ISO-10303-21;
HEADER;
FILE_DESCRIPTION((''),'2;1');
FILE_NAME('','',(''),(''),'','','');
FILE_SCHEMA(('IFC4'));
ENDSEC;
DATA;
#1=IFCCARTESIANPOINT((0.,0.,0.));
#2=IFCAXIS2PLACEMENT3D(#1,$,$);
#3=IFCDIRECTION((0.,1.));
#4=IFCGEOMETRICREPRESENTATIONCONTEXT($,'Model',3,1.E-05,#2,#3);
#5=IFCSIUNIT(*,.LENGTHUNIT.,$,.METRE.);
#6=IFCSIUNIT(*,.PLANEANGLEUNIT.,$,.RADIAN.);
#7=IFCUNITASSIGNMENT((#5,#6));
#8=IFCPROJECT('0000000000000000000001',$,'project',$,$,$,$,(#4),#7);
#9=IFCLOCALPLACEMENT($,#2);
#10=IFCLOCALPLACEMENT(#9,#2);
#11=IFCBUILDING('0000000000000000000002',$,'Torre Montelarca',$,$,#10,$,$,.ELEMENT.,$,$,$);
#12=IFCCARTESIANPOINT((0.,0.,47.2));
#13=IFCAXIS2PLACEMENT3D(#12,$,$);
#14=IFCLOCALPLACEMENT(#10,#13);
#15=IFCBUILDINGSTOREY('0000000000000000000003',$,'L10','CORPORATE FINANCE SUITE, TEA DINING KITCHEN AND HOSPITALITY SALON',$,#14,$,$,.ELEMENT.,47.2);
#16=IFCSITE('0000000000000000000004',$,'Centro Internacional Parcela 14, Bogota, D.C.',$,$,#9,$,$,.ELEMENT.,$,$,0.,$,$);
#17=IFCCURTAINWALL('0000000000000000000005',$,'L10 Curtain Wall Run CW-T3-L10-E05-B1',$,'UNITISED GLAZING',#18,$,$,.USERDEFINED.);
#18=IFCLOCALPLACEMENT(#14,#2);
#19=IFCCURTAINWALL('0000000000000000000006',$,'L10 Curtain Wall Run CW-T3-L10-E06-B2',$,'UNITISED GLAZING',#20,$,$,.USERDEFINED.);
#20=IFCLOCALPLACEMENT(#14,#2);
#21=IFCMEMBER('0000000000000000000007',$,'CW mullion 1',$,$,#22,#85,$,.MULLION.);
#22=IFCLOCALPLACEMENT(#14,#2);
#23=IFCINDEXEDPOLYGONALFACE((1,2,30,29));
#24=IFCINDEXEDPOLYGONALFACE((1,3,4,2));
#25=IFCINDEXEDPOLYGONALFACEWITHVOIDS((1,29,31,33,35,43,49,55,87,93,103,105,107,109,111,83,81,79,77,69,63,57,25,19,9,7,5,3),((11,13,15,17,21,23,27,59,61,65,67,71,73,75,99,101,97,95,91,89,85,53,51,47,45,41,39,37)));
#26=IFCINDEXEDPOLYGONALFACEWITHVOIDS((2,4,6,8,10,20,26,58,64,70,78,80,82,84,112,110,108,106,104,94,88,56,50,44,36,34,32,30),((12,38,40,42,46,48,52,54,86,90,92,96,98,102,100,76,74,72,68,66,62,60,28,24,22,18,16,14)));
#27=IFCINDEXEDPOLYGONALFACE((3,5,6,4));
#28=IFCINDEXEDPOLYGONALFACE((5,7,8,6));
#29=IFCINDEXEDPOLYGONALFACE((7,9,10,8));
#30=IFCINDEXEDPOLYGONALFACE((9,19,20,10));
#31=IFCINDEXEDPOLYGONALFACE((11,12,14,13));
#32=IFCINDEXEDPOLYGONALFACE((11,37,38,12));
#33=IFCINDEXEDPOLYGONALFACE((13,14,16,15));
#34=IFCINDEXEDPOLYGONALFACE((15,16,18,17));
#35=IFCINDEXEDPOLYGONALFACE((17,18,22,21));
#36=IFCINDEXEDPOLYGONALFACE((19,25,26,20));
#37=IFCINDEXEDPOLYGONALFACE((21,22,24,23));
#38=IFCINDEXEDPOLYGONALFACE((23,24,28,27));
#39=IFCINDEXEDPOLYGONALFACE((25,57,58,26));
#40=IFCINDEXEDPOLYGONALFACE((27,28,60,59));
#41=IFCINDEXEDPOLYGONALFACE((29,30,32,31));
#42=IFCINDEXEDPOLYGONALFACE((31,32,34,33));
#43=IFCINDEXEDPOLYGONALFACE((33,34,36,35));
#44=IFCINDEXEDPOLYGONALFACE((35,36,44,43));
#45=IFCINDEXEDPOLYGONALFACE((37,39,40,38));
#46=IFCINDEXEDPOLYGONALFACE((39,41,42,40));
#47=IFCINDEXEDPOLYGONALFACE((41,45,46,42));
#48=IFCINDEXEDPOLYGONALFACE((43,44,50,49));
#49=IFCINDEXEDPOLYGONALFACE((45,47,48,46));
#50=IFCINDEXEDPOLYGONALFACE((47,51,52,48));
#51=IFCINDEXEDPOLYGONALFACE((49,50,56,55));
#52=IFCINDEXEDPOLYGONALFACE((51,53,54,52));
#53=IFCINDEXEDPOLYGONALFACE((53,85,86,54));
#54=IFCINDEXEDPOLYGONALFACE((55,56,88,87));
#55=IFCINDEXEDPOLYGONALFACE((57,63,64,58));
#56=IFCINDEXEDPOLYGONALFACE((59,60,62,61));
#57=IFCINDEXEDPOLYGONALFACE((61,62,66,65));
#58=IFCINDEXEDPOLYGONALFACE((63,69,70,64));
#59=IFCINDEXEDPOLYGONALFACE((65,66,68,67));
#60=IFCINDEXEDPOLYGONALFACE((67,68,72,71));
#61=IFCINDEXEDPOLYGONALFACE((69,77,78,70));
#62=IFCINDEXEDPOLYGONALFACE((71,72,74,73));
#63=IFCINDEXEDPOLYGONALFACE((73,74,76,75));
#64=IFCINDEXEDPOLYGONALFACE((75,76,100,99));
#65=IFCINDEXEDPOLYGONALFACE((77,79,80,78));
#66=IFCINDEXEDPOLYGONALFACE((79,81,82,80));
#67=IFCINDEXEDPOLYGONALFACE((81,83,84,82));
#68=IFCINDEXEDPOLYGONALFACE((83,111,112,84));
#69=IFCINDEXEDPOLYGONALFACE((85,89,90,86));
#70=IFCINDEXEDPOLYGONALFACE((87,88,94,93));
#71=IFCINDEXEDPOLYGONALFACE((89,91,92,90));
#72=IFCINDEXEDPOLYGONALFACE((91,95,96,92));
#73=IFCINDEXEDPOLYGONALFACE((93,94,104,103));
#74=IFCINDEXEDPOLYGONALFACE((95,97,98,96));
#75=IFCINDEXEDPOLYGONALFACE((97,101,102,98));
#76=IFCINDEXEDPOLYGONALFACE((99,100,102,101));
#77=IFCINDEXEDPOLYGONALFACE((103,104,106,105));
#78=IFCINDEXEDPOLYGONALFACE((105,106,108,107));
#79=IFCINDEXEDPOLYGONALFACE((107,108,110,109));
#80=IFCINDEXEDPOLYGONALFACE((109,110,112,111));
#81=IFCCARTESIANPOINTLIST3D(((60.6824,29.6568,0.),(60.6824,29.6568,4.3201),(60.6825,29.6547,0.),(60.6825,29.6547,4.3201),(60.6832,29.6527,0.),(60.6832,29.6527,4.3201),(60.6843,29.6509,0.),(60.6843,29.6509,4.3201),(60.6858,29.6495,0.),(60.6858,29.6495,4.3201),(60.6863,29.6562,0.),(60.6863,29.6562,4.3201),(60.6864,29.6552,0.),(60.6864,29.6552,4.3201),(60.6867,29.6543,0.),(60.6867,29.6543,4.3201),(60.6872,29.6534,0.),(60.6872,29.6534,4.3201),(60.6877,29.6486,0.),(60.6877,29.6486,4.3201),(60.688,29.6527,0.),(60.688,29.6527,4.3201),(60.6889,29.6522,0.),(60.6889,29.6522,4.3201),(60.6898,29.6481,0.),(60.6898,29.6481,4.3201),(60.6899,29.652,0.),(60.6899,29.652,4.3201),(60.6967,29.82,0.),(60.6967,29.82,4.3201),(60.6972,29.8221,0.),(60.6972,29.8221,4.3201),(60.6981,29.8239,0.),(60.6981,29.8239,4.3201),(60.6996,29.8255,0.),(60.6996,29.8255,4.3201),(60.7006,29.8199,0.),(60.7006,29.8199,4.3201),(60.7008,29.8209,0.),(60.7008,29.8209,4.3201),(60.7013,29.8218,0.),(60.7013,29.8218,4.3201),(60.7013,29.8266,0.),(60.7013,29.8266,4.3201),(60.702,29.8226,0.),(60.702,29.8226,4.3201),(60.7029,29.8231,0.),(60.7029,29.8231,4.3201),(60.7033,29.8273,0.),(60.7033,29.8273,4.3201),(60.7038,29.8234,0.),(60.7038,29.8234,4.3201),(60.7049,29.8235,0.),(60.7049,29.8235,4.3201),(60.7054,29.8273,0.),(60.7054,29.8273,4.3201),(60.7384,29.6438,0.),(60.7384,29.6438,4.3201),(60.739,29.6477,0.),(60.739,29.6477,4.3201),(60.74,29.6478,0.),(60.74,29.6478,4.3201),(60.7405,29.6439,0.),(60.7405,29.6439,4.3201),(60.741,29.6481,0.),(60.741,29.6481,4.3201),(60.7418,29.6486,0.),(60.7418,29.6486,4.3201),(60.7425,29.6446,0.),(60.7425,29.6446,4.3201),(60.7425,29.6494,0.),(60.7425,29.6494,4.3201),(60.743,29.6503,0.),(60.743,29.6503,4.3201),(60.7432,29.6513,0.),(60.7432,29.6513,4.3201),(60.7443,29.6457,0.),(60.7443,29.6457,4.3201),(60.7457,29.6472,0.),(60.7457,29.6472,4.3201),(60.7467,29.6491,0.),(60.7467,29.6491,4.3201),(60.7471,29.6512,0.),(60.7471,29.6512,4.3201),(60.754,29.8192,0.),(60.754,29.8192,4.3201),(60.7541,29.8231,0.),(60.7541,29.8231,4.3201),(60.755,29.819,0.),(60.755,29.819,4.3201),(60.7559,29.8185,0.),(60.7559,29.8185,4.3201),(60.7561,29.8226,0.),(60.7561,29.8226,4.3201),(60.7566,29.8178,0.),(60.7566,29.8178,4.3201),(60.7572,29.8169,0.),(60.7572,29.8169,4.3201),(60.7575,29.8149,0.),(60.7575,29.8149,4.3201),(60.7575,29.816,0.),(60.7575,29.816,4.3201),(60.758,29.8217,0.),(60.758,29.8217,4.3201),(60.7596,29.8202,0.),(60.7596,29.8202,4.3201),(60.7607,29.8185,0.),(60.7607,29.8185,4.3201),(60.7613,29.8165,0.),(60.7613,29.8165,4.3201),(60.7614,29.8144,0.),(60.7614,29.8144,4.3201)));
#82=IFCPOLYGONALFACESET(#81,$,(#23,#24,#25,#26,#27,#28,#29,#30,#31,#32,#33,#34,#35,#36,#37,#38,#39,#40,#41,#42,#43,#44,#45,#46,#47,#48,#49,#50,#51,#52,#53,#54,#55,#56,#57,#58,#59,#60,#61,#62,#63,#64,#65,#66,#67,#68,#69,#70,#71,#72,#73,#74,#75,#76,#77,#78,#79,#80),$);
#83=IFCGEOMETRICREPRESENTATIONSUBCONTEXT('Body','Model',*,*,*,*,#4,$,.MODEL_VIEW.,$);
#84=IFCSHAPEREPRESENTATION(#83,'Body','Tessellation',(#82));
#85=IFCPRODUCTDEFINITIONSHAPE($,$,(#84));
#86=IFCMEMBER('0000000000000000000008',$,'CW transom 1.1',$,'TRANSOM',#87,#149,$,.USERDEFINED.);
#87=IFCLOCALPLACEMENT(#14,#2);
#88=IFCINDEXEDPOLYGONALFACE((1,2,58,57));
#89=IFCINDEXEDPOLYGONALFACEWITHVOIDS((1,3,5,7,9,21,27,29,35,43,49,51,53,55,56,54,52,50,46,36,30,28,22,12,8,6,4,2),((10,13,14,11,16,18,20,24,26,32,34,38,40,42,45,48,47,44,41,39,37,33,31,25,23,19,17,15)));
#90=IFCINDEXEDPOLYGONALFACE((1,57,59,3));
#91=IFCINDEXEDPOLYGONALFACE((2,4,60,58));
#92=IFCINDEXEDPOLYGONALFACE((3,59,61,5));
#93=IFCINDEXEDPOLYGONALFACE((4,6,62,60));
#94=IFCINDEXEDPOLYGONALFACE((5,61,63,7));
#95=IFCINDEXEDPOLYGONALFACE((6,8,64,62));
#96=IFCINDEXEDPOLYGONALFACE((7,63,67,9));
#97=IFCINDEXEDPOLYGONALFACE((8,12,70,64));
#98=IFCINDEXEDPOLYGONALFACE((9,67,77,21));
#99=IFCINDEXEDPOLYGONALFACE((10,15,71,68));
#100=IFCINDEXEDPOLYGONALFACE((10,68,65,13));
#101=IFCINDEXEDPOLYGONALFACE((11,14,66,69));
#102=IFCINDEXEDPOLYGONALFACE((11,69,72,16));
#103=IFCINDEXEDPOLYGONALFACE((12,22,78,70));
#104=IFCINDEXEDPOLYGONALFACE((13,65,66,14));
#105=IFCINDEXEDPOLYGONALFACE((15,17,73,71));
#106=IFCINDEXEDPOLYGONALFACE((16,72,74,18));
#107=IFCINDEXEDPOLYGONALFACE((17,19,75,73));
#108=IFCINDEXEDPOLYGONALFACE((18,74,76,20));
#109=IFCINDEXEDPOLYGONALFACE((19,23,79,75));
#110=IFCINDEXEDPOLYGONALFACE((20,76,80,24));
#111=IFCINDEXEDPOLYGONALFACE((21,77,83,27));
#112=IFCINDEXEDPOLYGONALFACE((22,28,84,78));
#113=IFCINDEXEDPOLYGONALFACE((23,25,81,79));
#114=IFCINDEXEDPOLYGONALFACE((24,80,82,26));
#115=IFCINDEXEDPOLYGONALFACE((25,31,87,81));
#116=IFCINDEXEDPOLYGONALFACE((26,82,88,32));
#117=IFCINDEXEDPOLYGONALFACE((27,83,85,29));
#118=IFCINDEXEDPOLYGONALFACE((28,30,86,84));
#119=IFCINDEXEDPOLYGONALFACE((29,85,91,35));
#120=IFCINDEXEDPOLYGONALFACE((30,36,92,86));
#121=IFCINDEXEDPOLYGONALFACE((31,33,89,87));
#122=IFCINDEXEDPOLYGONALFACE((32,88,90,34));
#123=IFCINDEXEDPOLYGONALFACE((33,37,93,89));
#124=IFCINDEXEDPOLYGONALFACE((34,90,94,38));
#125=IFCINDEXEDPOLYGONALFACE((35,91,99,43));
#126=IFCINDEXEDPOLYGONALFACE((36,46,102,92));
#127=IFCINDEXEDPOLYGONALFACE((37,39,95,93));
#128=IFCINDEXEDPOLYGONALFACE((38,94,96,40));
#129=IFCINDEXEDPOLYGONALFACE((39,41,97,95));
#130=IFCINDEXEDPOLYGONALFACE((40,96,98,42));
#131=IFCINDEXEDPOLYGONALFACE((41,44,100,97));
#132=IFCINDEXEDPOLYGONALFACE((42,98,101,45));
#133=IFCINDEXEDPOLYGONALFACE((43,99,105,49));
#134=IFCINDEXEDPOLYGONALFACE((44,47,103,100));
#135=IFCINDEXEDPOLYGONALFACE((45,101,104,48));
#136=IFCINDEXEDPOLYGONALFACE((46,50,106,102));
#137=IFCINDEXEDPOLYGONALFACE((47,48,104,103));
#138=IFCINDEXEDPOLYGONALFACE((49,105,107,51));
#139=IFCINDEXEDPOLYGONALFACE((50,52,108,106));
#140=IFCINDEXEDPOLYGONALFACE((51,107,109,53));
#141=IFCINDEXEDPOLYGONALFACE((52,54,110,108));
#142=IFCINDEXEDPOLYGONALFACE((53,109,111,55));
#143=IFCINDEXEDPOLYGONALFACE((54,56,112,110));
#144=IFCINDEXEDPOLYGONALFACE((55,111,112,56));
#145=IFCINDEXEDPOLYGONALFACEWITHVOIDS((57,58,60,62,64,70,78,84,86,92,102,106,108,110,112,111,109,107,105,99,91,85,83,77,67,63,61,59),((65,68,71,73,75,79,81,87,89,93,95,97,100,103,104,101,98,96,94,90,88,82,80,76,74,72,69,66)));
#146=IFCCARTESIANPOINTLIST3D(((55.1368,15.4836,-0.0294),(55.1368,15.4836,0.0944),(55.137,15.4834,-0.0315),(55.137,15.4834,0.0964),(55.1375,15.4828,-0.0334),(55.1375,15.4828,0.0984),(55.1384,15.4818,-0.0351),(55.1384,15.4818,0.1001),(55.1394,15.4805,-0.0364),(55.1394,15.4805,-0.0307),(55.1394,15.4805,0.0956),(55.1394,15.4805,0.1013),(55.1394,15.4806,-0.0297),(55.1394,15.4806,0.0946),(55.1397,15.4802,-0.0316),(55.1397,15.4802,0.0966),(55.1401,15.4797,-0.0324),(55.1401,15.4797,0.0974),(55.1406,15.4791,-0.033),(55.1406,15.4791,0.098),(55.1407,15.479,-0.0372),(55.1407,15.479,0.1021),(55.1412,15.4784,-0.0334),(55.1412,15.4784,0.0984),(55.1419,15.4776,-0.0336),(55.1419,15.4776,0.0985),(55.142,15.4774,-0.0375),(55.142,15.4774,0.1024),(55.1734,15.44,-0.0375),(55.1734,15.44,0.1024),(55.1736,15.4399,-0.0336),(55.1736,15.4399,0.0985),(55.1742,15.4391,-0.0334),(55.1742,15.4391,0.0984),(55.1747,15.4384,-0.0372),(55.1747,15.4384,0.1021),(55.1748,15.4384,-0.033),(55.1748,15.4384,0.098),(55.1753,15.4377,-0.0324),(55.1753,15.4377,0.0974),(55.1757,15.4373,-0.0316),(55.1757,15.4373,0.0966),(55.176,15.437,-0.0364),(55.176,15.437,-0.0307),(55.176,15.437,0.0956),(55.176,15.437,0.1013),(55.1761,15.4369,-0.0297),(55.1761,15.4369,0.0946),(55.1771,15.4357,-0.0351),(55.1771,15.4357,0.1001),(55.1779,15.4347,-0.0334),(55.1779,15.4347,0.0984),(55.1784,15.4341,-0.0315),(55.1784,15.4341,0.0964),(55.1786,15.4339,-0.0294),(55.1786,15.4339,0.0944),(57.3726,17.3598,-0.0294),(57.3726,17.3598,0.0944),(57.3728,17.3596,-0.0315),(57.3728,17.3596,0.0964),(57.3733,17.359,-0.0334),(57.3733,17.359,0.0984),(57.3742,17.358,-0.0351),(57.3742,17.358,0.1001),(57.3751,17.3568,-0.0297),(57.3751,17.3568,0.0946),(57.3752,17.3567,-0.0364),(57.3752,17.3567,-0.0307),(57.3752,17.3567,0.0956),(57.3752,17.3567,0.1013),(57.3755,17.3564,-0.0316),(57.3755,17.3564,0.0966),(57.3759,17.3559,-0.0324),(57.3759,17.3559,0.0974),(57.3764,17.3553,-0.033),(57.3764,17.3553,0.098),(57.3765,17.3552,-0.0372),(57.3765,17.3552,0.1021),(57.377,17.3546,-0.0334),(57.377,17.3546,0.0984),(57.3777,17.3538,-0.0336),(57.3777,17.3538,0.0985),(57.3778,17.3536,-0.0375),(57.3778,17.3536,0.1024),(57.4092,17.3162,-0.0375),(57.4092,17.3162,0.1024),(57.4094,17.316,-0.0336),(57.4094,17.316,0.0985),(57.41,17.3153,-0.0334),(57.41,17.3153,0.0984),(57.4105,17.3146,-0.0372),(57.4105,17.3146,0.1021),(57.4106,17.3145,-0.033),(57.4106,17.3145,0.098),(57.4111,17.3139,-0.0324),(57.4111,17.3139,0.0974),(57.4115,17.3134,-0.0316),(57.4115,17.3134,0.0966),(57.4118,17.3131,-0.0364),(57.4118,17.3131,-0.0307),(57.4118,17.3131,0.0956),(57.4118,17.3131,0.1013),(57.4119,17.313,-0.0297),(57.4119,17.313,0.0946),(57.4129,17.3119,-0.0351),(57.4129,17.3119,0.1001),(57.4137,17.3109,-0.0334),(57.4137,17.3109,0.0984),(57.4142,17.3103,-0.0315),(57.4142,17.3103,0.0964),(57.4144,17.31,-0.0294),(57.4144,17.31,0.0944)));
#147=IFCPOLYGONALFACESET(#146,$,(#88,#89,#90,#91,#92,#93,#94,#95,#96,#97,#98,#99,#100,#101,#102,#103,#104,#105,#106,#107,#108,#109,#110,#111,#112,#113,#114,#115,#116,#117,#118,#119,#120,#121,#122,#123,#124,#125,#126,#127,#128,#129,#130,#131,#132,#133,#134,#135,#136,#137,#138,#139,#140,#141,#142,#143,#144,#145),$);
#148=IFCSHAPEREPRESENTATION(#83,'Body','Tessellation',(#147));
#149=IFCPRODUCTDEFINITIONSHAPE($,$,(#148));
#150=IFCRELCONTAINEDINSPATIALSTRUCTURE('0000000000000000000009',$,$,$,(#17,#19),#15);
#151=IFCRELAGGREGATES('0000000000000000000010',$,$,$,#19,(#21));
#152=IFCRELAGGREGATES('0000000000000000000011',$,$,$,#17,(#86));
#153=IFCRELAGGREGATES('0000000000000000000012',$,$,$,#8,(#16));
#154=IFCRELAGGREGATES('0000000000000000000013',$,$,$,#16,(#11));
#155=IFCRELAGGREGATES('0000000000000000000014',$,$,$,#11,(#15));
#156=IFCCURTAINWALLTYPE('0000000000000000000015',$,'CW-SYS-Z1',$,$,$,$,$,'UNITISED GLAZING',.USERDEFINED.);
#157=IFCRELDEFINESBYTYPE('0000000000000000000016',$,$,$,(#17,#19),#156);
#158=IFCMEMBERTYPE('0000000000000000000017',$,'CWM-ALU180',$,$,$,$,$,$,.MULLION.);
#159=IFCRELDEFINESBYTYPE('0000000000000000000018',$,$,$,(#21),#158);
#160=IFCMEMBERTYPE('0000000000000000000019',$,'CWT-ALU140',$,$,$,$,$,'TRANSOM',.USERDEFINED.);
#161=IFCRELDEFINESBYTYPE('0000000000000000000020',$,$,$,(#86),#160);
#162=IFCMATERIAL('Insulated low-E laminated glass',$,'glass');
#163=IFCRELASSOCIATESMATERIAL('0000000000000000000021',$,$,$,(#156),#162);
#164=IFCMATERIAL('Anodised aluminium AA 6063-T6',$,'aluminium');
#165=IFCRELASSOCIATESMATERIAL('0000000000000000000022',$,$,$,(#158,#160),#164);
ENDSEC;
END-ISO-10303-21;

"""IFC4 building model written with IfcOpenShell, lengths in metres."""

from ifc_helpers import new_model, si_unit, direction, frame, origin, origin_2d, place, context, subcontext, project, spatial, hollow_rectangle, extrude, source, transform, mapped, material, material_profile, profile_set, type_object, element, aggregate, save


model = new_model("IFC4")

# Units and contexts
model_context = context("Model", 3, precision=1e-05, world=origin(), true_north=direction((0.0, 1.0)))
body_context = subcontext(model_context, "Body", "Model", "MODEL_VIEW")
ifc_project = project(units=[si_unit("LENGTHUNIT", "METRE"), si_unit("PLANEANGLEUNIT", "RADIAN")], contexts=[model_context])

# Site, building, storey
site_placement = place(None, origin())
site = spatial("IfcSite", under=ifc_project, at=site_placement, Name="Centro Internacional Parcela 14, Bogota, D.C.", CompositionType="ELEMENT", RefElevation=0.0)
building_placement = place(site_placement, origin())
building = spatial("IfcBuilding", under=site, at=building_placement, Name="Torre Montelarca", CompositionType="ELEMENT")
storey_placement = place(building_placement, frame((0.0, 0.0, 47.2)))
storey = spatial("IfcBuildingStorey", under=building, at=storey_placement, Name="L10", Description="CORPORATE FINANCE SUITE, TEA DINING KITCHEN AND HOSPITALITY SALON", CompositionType="ELEMENT", Elevation=47.2)

# Curtain wall
ifc_material_1 = material(Name="Insulated low-E laminated glass", Category="glass")
curtain_wall_type = type_object("IfcCurtainWallType", Name="CW-SYS-Z1", ElementType="UNITISED GLAZING", PredefinedType="USERDEFINED", material=ifc_material_1)
ifc_material_2 = material(Name="Anodised aluminium AA 6063-T6", Category="aluminium")
ifc_material_profile_1 = material_profile(ifc_material_2, hollow_rectangle(XDim=0.0649, YDim=0.1799, WallThickness=0.0039, InnerFilletRadius=0.0039, OuterFilletRadius=0.0081, at=origin_2d()), Name="ALU65X180X4", Category="aluminium")
ifc_profile_set_1 = profile_set([ifc_material_profile_1], Name="Anodised aluminium AA 6063-T6")
member_type_1 = type_object("IfcMemberType", Name="CWM-ALU180", PredefinedType="MULLION", material=ifc_profile_set_1)
shared_shape_1 = source(origin(), body_context, "Body", "SweptSolid", [
    extrude(hollow_rectangle(XDim=0.0649, YDim=0.1799, WallThickness=0.0039, InnerFilletRadius=0.0039, OuterFilletRadius=0.0081, at=origin_2d()), origin(), (0.0, 0.0, 1.0), 4.3201),
])
curtain_wall_1_placement = place(storey_placement, origin())
curtain_wall_1 = element("IfcCurtainWall", 1, at=curtain_wall_1_placement, inside=storey, type_object=curtain_wall_type, Name="L10 Curtain Wall Run CW-T3-L10-E05-B1", ObjectType="UNITISED GLAZING", PredefinedType="USERDEFINED")

# Curtain wall, member
curtain_wall_2_placement = place(storey_placement, origin())
curtain_wall_2 = element("IfcCurtainWall", 2, at=curtain_wall_2_placement, inside=storey, type_object=curtain_wall_type, Name="L10 Curtain Wall Run CW-T3-L10-E06-B2", ObjectType="UNITISED GLAZING", PredefinedType="USERDEFINED")
member_1_placement = place(storey_placement, frame((60.7219, 29.7356, 0.0), z_axis=(0.0, 0.0, 1.0), x_axis=(-0.996194, 0.087166, 0.0)))
member_1 = element("IfcMember", 3, at=member_1_placement, type_object=member_type_1, Name="CW mullion 1", PredefinedType="MULLION", context=body_context, shape_type="MappedRepresentation", body=[
    mapped(shared_shape_1, transform((0.0, 0.0, 0.0), scale=1.0)),
])
aggregate(curtain_wall_2, [member_1])

# Member
ifc_material_profile_2 = material_profile(ifc_material_2, hollow_rectangle(XDim=0.0649, YDim=0.1399, WallThickness=0.0039, InnerFilletRadius=0.0039, OuterFilletRadius=0.0081, at=origin_2d()), Name="ALU65X140X4", Category="aluminium")
ifc_profile_set_2 = profile_set([ifc_material_profile_2], Name="Anodised aluminium AA 6063-T6")
member_type_2 = type_object("IfcMemberType", Name="CWT-ALU140", ElementType="TRANSOM", PredefinedType="USERDEFINED", material=ifc_profile_set_2)
shared_shape_2 = source(origin(), body_context, "Body", "SweptSolid", [
    extrude(hollow_rectangle(XDim=0.0649, YDim=0.1399, WallThickness=0.0039, InnerFilletRadius=0.0039, OuterFilletRadius=0.0081, at=origin_2d()), origin(), (0.0, 0.0, 1.0), 2.9187),
])
member_2_placement = place(storey_placement, frame((55.1577, 15.4587, 0.0325), z_axis=(0.766023, 0.642813, 0.0), x_axis=(-0.642813, 0.766023, 0.0)))
member_2 = element("IfcMember", 4, at=member_2_placement, type_object=member_type_2, Name="CW transom 1.1", ObjectType="TRANSOM", PredefinedType="USERDEFINED", context=body_context, shape_type="MappedRepresentation", body=[
    mapped(shared_shape_2, transform((0.0, 0.0, 0.0), scale=1.0)),
])

aggregate(curtain_wall_1, [member_2])

save(model, "model.ifc")
